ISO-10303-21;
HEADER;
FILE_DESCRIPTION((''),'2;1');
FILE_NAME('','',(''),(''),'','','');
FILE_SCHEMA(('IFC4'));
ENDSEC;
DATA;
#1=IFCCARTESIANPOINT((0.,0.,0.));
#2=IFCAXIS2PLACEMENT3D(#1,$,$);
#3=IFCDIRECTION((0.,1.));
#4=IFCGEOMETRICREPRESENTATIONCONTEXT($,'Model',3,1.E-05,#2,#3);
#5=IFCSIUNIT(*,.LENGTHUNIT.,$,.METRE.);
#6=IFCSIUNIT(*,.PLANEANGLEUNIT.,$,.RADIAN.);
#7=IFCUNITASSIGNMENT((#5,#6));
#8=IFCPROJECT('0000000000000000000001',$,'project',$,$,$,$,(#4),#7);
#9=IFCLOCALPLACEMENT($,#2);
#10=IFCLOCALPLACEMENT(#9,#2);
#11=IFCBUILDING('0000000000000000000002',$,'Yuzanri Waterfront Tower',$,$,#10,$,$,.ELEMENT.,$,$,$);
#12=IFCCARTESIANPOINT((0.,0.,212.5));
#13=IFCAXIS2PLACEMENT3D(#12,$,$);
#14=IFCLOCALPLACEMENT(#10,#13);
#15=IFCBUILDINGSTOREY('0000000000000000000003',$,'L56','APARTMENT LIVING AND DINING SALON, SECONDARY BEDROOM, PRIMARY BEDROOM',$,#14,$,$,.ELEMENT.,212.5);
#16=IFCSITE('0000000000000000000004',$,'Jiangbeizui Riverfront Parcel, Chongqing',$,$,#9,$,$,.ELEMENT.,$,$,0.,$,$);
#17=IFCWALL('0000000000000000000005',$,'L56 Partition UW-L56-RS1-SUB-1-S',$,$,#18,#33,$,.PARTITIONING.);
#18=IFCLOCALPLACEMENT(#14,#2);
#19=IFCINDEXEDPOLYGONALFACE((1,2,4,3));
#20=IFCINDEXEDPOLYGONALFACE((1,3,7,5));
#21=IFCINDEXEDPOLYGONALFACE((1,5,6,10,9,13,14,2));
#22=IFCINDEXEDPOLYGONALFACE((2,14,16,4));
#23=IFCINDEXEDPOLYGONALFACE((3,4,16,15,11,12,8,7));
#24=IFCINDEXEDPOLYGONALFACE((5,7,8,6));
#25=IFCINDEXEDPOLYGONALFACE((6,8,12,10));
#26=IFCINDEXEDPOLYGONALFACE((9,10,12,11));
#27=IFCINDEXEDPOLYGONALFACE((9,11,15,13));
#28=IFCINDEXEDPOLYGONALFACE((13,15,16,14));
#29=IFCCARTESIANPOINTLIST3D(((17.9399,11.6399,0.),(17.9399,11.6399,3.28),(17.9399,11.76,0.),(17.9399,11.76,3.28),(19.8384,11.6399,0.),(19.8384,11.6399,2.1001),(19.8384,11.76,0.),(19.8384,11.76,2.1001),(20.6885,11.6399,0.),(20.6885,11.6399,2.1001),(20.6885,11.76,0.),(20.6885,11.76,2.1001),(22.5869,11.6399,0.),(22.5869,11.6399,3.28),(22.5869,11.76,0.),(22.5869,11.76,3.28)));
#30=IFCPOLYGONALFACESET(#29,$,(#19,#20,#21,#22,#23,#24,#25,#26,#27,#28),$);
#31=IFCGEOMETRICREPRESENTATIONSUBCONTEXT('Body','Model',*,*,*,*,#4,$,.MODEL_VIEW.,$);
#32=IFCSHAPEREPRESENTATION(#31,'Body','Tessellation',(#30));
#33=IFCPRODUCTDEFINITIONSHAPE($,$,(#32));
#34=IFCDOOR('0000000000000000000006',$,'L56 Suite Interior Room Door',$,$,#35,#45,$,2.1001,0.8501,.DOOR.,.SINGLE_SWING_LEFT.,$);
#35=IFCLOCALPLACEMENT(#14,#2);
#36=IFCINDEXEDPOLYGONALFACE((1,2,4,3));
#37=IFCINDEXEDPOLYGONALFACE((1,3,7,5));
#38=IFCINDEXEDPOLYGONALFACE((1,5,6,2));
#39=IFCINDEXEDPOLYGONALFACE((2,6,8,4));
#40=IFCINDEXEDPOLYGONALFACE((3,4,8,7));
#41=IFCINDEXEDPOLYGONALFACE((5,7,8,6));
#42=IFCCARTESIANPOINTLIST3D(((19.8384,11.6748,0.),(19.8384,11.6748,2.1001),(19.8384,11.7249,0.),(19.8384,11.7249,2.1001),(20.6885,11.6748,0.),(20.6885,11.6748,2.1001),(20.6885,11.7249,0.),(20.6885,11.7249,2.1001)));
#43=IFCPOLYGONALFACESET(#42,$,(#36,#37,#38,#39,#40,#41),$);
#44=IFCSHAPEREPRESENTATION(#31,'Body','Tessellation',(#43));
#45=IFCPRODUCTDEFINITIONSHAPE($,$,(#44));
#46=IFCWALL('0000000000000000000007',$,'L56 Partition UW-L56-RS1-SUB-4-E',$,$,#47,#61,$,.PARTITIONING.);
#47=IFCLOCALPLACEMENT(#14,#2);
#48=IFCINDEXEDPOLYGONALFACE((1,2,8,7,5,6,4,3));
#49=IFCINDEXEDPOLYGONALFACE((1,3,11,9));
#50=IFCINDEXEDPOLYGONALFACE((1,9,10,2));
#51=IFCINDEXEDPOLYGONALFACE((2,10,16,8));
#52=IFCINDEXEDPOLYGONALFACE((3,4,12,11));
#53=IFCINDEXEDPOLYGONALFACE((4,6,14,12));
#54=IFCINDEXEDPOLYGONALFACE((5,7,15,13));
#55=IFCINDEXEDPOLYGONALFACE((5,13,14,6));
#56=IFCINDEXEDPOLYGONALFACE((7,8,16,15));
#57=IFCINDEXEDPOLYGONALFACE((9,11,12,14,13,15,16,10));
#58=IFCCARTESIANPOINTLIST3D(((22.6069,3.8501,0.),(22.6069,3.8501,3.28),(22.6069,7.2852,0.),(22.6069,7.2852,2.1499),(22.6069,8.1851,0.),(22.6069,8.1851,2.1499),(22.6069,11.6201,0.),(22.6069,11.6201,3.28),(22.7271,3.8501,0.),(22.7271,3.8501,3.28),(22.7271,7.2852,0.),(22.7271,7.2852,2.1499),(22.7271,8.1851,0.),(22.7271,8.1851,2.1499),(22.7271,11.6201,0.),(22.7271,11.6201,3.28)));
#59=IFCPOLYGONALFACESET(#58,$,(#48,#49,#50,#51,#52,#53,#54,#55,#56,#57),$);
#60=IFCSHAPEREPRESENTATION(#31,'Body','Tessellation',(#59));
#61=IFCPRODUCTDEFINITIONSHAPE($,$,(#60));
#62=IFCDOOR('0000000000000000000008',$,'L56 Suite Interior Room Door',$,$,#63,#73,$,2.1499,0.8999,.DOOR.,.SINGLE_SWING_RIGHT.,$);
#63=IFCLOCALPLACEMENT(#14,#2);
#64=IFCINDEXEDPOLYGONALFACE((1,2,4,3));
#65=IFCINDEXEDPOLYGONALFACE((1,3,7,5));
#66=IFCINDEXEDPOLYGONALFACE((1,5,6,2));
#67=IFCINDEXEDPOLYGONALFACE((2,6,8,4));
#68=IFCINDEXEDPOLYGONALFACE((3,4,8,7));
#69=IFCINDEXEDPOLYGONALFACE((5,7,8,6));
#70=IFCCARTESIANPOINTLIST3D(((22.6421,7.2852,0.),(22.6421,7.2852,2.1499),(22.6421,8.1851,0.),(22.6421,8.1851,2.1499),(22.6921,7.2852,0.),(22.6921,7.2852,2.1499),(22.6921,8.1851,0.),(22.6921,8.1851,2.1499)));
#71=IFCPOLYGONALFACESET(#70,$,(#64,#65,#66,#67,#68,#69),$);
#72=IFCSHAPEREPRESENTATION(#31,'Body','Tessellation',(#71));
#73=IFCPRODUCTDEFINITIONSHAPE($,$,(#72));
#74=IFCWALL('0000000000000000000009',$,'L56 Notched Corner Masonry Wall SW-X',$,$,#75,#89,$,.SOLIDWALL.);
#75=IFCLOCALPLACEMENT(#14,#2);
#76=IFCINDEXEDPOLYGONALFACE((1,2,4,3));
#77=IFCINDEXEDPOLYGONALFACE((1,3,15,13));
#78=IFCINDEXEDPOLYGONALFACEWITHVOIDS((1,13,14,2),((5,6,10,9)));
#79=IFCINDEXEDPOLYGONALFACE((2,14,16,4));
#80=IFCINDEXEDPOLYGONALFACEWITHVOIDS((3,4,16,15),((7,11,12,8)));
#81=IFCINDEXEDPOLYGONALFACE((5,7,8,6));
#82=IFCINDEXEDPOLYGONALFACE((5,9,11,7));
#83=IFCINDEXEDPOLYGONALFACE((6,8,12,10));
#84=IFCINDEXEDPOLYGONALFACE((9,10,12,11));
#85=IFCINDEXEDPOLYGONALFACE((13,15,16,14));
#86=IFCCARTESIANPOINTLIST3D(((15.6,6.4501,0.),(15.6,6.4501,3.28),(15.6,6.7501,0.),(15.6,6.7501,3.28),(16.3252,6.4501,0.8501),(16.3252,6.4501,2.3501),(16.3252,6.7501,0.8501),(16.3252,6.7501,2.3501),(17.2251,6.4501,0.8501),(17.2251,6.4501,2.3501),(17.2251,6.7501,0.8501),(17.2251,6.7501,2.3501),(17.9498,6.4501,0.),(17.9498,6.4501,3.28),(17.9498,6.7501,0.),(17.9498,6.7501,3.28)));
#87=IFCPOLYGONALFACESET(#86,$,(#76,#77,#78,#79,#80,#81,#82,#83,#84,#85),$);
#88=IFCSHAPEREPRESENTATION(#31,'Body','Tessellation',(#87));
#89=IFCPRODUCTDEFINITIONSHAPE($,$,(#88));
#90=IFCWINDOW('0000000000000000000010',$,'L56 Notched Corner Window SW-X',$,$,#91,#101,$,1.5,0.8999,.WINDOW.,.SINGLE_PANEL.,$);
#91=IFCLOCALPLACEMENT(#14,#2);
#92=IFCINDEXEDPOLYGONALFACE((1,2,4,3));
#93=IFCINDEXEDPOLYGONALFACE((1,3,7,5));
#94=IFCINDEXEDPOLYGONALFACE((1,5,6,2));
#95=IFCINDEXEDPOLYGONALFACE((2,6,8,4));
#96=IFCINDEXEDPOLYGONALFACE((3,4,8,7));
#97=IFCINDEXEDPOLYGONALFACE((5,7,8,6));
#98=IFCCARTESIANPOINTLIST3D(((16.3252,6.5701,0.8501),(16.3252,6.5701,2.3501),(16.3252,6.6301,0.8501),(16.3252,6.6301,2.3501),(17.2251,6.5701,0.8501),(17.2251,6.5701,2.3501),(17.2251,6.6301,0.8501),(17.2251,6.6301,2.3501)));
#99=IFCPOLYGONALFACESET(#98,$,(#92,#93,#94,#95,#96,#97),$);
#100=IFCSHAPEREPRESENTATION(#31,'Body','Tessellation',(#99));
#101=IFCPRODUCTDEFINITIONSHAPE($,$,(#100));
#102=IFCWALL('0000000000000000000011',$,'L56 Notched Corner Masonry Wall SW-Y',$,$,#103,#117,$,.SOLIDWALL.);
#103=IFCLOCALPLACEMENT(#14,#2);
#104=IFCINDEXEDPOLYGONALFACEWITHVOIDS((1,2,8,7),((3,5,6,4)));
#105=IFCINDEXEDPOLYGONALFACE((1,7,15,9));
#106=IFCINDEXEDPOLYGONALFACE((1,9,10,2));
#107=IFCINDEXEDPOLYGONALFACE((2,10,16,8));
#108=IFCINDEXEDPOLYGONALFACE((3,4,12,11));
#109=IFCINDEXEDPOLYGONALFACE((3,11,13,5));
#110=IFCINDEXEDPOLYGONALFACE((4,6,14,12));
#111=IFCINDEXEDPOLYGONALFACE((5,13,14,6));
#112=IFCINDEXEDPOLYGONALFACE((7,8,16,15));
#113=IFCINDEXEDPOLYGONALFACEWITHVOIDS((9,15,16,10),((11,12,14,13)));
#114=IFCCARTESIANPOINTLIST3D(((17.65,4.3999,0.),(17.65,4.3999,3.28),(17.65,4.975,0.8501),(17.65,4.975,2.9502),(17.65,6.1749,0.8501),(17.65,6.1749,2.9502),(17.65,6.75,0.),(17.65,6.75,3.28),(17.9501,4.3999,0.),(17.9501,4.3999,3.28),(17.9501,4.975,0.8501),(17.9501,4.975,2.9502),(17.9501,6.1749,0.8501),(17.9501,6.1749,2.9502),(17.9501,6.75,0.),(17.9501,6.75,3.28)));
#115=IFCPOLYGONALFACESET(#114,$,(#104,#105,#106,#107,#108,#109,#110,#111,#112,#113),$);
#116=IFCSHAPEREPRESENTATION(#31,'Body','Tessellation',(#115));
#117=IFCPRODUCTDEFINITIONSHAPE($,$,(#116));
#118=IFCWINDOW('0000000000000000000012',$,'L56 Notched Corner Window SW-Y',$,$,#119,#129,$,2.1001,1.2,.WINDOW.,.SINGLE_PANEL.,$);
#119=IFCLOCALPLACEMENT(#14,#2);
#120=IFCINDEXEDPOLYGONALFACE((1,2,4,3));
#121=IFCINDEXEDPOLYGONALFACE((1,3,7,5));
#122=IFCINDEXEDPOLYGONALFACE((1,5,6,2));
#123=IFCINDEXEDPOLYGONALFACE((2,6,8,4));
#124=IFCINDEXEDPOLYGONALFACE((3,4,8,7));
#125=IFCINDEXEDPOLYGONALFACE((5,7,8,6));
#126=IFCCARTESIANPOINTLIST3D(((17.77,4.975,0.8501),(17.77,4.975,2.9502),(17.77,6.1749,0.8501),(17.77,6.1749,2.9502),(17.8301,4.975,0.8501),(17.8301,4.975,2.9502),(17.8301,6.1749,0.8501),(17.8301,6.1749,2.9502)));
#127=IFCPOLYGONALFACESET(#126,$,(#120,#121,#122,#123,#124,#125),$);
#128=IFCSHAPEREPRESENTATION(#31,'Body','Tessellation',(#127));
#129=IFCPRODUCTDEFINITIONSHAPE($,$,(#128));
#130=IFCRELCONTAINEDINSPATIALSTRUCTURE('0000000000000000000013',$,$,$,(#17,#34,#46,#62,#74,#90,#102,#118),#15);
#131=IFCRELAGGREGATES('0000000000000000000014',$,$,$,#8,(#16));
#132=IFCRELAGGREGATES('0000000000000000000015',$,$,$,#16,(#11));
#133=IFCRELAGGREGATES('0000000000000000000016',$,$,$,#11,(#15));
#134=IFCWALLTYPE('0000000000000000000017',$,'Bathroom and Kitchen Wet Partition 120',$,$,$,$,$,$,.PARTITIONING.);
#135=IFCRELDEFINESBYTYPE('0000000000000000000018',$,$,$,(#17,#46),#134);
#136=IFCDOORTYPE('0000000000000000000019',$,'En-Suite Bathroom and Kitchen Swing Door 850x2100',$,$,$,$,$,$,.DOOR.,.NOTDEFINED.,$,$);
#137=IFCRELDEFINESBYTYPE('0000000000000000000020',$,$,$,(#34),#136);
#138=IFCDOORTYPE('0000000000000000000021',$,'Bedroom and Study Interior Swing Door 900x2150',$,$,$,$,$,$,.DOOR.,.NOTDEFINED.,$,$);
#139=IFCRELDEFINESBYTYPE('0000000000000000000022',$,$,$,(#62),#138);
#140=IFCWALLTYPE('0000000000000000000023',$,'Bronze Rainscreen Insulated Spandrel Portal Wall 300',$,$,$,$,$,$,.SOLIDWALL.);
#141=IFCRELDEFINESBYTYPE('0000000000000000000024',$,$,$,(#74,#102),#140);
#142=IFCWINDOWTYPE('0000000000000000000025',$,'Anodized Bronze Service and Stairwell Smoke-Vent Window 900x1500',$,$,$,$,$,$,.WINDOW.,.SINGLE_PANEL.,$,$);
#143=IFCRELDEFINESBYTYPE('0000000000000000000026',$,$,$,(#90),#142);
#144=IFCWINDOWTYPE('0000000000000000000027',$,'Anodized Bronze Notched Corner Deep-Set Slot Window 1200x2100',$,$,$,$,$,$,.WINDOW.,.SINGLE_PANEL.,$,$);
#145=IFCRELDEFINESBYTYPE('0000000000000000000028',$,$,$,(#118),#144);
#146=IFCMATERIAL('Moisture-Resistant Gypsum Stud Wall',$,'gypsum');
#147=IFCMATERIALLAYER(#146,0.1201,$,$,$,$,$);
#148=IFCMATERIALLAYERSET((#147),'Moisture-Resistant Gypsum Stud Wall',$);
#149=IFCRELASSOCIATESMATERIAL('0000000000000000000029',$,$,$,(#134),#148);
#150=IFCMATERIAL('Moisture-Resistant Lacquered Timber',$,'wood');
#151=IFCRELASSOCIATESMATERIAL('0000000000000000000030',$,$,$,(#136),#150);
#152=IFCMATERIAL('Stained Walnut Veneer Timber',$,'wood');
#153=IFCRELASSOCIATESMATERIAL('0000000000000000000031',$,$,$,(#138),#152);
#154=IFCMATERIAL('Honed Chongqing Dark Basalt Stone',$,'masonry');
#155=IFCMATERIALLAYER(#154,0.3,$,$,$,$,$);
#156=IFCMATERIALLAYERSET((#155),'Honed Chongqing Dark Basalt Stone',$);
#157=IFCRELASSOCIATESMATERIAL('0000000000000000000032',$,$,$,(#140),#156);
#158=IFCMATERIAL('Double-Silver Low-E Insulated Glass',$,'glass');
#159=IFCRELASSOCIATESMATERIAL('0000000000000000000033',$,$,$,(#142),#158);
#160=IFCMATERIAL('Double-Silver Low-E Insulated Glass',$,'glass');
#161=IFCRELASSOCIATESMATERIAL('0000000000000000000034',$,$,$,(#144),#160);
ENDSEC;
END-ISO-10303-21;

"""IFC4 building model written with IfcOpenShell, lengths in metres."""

from ifc_helpers import new_model, si_unit, direction, frame, frame_2d, origin, place, context, subcontext, project, spatial, rectangle, extrude, source, transform, mapped, material, layer, layer_set, type_object, element, fill, save


model = new_model("IFC4")

# Units and contexts
model_context = context("Model", 3, precision=1e-05, world=origin(), true_north=direction((0.0, 1.0)))
body_context = subcontext(model_context, "Body", "Model", "MODEL_VIEW")
ifc_project = project(units=[si_unit("LENGTHUNIT", "METRE"), si_unit("PLANEANGLEUNIT", "RADIAN")], contexts=[model_context])

# Site, building, storey
site_placement = place(None, origin())
site = spatial("IfcSite", under=ifc_project, at=site_placement, Name="Jiangbeizui Riverfront Parcel, Chongqing", CompositionType="ELEMENT", RefElevation=0.0)
building_placement = place(site_placement, origin())
building = spatial("IfcBuilding", under=site, at=building_placement, Name="Yuzanri Waterfront Tower", CompositionType="ELEMENT")
storey_placement = place(building_placement, frame((0.0, 0.0, 212.5)))
storey = spatial("IfcBuildingStorey", under=building, at=storey_placement, Name="L56", Description="APARTMENT LIVING AND DINING SALON, SECONDARY BEDROOM, PRIMARY BEDROOM", CompositionType="ELEMENT", Elevation=212.5)

# Walls, openings, doors
ifc_material_1 = material(Name="Moisture-Resistant Gypsum Stud Wall", Category="gypsum")
ifc_layer_1 = layer(ifc_material_1, 0.1201)
ifc_layer_set_1 = layer_set([ifc_layer_1], Name="Moisture-Resistant Gypsum Stud Wall")
wall_type_1 = type_object("IfcWallType", Name="Bathroom and Kitchen Wet Partition 120", PredefinedType="PARTITIONING", material=ifc_layer_set_1)
wall_1_placement = place(storey_placement, frame((17.9399, 11.7, 0.0), z_axis=(0.0, 0.0, 1.0), x_axis=(1.0, 0.0, 0.0)))
wall_1 = element("IfcWall", 1, at=wall_1_placement, inside=storey, type_object=wall_type_1, Name="L56 Partition UW-L56-RS1-SUB-1-S", PredefinedType="PARTITIONING", context=body_context, shape_type="SweptSolid", body=[
    extrude(rectangle(XDim=4.647, YDim=0.1201, at=frame_2d((2.3235, 0.0))), origin(), (0.0, 0.0, 1.0), 3.28),
])
opening_1_placement = place(wall_1_placement, frame((1.8984, 0.0, 0.0)))
opening_1 = element("IfcOpeningElement", 2, at=opening_1_placement, cuts=wall_1, PredefinedType="OPENING", context=body_context, shape_type="SweptSolid", body=[
    extrude(rectangle(XDim=0.8501, YDim=2.1001, at=frame_2d((0.425, 1.05))), frame((0.0, 0.075, 0.0), z_axis=(0.0, -1.0, 0.0), x_axis=(1.0, 0.0, 0.0)), (0.0, 0.0, 1.0), 0.1499),
])
ifc_material_2 = material(Name="Moisture-Resistant Lacquered Timber", Category="wood")
door_type_1 = type_object("IfcDoorType", Name="En-Suite Bathroom and Kitchen Swing Door 850x2100", OperationType="NOTDEFINED", PredefinedType="DOOR", material=ifc_material_2)
shared_shape_1 = source(origin(), body_context, "Body", "SweptSolid", [
    extrude(rectangle(XDim=0.8501, YDim=2.1001, at=frame_2d((0.425, 1.05))), frame((0.0, 0.0249, 0.0), z_axis=(0.0, -1.0, 0.0), x_axis=(1.0, 0.0, 0.0)), (0.0, 0.0, 1.0), 0.05),
])
door_1_placement = place(opening_1_placement, origin())
door_1 = element("IfcDoor", 3, at=door_1_placement, inside=storey, type_object=door_type_1, Name="L56 Suite Interior Room Door", OperationType="SINGLE_SWING_LEFT", OverallHeight=2.1001, OverallWidth=0.8501, PredefinedType="DOOR", context=body_context, shape_type="MappedRepresentation", body=[
    mapped(shared_shape_1, transform((0.0, 0.0, 0.0), scale=1.0)),
])
fill(opening_1, door_1)
wall_2_placement = place(storey_placement, frame((22.667, 3.8501, 0.0), z_axis=(0.0, 0.0, 1.0), x_axis=(0.0, 1.0, 0.0)))
wall_2 = element("IfcWall", 4, at=wall_2_placement, inside=storey, type_object=wall_type_1, Name="L56 Partition UW-L56-RS1-SUB-4-E", PredefinedType="PARTITIONING", context=body_context, shape_type="SweptSolid", body=[
    extrude(rectangle(XDim=7.77, YDim=0.1201, at=frame_2d((3.885, 0.0))), origin(), (0.0, 0.0, 1.0), 3.28),
])
opening_2_placement = place(wall_2_placement, frame((3.4351, 0.0, 0.0)))
opening_2 = element("IfcOpeningElement", 5, at=opening_2_placement, cuts=wall_2, PredefinedType="OPENING", context=body_context, shape_type="SweptSolid", body=[
    extrude(rectangle(XDim=0.8999, YDim=2.1499, at=frame_2d((0.45, 1.075))), frame((0.0, 0.075, 0.0), z_axis=(0.0, -1.0, 0.0), x_axis=(1.0, 0.0, 0.0)), (0.0, 0.0, 1.0), 0.1499),
])
ifc_material_3 = material(Name="Stained Walnut Veneer Timber", Category="wood")
door_type_2 = type_object("IfcDoorType", Name="Bedroom and Study Interior Swing Door 900x2150", OperationType="NOTDEFINED", PredefinedType="DOOR", material=ifc_material_3)
shared_shape_2 = source(origin(), body_context, "Body", "SweptSolid", [
    extrude(rectangle(XDim=0.8999, YDim=2.1499, at=frame_2d((0.45, 1.075))), frame((0.0, 0.0249, 0.0), z_axis=(0.0, -1.0, 0.0), x_axis=(1.0, 0.0, 0.0)), (0.0, 0.0, 1.0), 0.05),
])
door_2_placement = place(opening_2_placement, origin())
door_2 = element("IfcDoor", 6, at=door_2_placement, inside=storey, type_object=door_type_2, Name="L56 Suite Interior Room Door", OperationType="SINGLE_SWING_RIGHT", OverallHeight=2.1499, OverallWidth=0.8999, PredefinedType="DOOR", context=body_context, shape_type="MappedRepresentation", body=[
    mapped(shared_shape_2, transform((0.0, 0.0, 0.0), scale=1.0)),
])
fill(opening_2, door_2)

# Walls, openings, windows
ifc_material_4 = material(Name="Honed Chongqing Dark Basalt Stone", Category="masonry")
ifc_layer_2 = layer(ifc_material_4, 0.3)
ifc_layer_set_2 = layer_set([ifc_layer_2], Name="Honed Chongqing Dark Basalt Stone")
wall_type_2 = type_object("IfcWallType", Name="Bronze Rainscreen Insulated Spandrel Portal Wall 300", PredefinedType="SOLIDWALL", material=ifc_layer_set_2)
wall_3_placement = place(storey_placement, frame((15.6001, 6.6001, 0.0), z_axis=(0.0, 0.0, 1.0), x_axis=(1.0, 0.0, 0.0)))
wall_3 = element("IfcWall", 7, at=wall_3_placement, inside=storey, type_object=wall_type_2, Name="L56 Notched Corner Masonry Wall SW-X", PredefinedType="SOLIDWALL", context=body_context, shape_type="SweptSolid", body=[
    extrude(rectangle(XDim=2.3499, YDim=0.3, at=frame_2d((1.1748, 0.0))), origin(), (0.0, 0.0, 1.0), 3.28),
])
opening_3_placement = place(wall_3_placement, frame((0.7251, 0.0, 0.8501)))
opening_3 = element("IfcOpeningElement", 8, at=opening_3_placement, cuts=wall_3, PredefinedType="OPENING", context=body_context, shape_type="SweptSolid", body=[
    extrude(rectangle(XDim=0.8999, YDim=1.5, at=frame_2d((0.45, 0.75))), frame((0.0, 0.165, 0.0), z_axis=(0.0, -1.0, 0.0), x_axis=(1.0, 0.0, 0.0)), (0.0, 0.0, 1.0), 0.3298),
])
ifc_material_5 = material(Name="Double-Silver Low-E Insulated Glass", Category="glass")
window_type_1 = type_object("IfcWindowType", Name="Anodized Bronze Service and Stairwell Smoke-Vent Window 900x1500", PartitioningType="SINGLE_PANEL", PredefinedType="WINDOW", material=ifc_material_5)
shared_shape_3 = source(origin(), body_context, "Body", "SweptSolid", [
    extrude(rectangle(XDim=0.8999, YDim=1.5, at=frame_2d((0.45, 0.75))), frame((0.0, 0.03, 0.0), z_axis=(0.0, -1.0, 0.0), x_axis=(1.0, 0.0, 0.0)), (0.0, 0.0, 1.0), 0.0601),
])
window_1_placement = place(opening_3_placement, origin())
window_1 = element("IfcWindow", 9, at=window_1_placement, inside=storey, type_object=window_type_1, Name="L56 Notched Corner Window SW-X", OverallHeight=1.5, OverallWidth=0.8999, PartitioningType="SINGLE_PANEL", PredefinedType="WINDOW", context=body_context, shape_type="MappedRepresentation", body=[
    mapped(shared_shape_3, transform((0.0, 0.0, 0.0), scale=1.0)),
])
fill(opening_3, window_1)
wall_4_placement = place(storey_placement, frame((17.8, 6.75, 0.0), z_axis=(0.0, 0.0, 1.0), x_axis=(0.0, -1.0, 0.0)))
wall_4 = element("IfcWall", 10, at=wall_4_placement, inside=storey, type_object=wall_type_2, Name="L56 Notched Corner Masonry Wall SW-Y", PredefinedType="SOLIDWALL", context=body_context, shape_type="SweptSolid", body=[
    extrude(rectangle(XDim=2.3501, YDim=0.3, at=frame_2d((1.175, 0.0))), origin(), (0.0, 0.0, 1.0), 3.28),
])
opening_4_placement = place(wall_4_placement, frame((0.575, 0.0, 0.8501)))
opening_4 = element("IfcOpeningElement", 11, at=opening_4_placement, cuts=wall_4, PredefinedType="OPENING", context=body_context, shape_type="SweptSolid", body=[
    extrude(rectangle(XDim=1.2, YDim=2.1001, at=frame_2d((0.6001, 1.05))), frame((0.0, 0.165, 0.0), z_axis=(0.0, -1.0, 0.0), x_axis=(1.0, 0.0, 0.0)), (0.0, 0.0, 1.0), 0.3298),
])
ifc_material_6 = material(Name="Double-Silver Low-E Insulated Glass", Category="glass")
window_type_2 = type_object("IfcWindowType", Name="Anodized Bronze Notched Corner Deep-Set Slot Window 1200x2100", PartitioningType="SINGLE_PANEL", PredefinedType="WINDOW", material=ifc_material_6)
shared_shape_4 = source(origin(), body_context, "Body", "SweptSolid", [
    extrude(rectangle(XDim=1.2, YDim=2.1001, at=frame_2d((0.6001, 1.05))), frame((0.0, 0.03, 0.0), z_axis=(0.0, -1.0, 0.0), x_axis=(1.0, 0.0, 0.0)), (0.0, 0.0, 1.0), 0.0601),
])
window_2_placement = place(opening_4_placement, origin())
window_2 = element("IfcWindow", 12, at=window_2_placement, inside=storey, type_object=window_type_2, Name="L56 Notched Corner Window SW-Y", OverallHeight=2.1001, OverallWidth=1.2, PartitioningType="SINGLE_PANEL", PredefinedType="WINDOW", context=body_context, shape_type="MappedRepresentation", body=[
    mapped(shared_shape_4, transform((0.0, 0.0, 0.0), scale=1.0)),
])
fill(opening_4, window_2)

save(model, "model.ifc")
